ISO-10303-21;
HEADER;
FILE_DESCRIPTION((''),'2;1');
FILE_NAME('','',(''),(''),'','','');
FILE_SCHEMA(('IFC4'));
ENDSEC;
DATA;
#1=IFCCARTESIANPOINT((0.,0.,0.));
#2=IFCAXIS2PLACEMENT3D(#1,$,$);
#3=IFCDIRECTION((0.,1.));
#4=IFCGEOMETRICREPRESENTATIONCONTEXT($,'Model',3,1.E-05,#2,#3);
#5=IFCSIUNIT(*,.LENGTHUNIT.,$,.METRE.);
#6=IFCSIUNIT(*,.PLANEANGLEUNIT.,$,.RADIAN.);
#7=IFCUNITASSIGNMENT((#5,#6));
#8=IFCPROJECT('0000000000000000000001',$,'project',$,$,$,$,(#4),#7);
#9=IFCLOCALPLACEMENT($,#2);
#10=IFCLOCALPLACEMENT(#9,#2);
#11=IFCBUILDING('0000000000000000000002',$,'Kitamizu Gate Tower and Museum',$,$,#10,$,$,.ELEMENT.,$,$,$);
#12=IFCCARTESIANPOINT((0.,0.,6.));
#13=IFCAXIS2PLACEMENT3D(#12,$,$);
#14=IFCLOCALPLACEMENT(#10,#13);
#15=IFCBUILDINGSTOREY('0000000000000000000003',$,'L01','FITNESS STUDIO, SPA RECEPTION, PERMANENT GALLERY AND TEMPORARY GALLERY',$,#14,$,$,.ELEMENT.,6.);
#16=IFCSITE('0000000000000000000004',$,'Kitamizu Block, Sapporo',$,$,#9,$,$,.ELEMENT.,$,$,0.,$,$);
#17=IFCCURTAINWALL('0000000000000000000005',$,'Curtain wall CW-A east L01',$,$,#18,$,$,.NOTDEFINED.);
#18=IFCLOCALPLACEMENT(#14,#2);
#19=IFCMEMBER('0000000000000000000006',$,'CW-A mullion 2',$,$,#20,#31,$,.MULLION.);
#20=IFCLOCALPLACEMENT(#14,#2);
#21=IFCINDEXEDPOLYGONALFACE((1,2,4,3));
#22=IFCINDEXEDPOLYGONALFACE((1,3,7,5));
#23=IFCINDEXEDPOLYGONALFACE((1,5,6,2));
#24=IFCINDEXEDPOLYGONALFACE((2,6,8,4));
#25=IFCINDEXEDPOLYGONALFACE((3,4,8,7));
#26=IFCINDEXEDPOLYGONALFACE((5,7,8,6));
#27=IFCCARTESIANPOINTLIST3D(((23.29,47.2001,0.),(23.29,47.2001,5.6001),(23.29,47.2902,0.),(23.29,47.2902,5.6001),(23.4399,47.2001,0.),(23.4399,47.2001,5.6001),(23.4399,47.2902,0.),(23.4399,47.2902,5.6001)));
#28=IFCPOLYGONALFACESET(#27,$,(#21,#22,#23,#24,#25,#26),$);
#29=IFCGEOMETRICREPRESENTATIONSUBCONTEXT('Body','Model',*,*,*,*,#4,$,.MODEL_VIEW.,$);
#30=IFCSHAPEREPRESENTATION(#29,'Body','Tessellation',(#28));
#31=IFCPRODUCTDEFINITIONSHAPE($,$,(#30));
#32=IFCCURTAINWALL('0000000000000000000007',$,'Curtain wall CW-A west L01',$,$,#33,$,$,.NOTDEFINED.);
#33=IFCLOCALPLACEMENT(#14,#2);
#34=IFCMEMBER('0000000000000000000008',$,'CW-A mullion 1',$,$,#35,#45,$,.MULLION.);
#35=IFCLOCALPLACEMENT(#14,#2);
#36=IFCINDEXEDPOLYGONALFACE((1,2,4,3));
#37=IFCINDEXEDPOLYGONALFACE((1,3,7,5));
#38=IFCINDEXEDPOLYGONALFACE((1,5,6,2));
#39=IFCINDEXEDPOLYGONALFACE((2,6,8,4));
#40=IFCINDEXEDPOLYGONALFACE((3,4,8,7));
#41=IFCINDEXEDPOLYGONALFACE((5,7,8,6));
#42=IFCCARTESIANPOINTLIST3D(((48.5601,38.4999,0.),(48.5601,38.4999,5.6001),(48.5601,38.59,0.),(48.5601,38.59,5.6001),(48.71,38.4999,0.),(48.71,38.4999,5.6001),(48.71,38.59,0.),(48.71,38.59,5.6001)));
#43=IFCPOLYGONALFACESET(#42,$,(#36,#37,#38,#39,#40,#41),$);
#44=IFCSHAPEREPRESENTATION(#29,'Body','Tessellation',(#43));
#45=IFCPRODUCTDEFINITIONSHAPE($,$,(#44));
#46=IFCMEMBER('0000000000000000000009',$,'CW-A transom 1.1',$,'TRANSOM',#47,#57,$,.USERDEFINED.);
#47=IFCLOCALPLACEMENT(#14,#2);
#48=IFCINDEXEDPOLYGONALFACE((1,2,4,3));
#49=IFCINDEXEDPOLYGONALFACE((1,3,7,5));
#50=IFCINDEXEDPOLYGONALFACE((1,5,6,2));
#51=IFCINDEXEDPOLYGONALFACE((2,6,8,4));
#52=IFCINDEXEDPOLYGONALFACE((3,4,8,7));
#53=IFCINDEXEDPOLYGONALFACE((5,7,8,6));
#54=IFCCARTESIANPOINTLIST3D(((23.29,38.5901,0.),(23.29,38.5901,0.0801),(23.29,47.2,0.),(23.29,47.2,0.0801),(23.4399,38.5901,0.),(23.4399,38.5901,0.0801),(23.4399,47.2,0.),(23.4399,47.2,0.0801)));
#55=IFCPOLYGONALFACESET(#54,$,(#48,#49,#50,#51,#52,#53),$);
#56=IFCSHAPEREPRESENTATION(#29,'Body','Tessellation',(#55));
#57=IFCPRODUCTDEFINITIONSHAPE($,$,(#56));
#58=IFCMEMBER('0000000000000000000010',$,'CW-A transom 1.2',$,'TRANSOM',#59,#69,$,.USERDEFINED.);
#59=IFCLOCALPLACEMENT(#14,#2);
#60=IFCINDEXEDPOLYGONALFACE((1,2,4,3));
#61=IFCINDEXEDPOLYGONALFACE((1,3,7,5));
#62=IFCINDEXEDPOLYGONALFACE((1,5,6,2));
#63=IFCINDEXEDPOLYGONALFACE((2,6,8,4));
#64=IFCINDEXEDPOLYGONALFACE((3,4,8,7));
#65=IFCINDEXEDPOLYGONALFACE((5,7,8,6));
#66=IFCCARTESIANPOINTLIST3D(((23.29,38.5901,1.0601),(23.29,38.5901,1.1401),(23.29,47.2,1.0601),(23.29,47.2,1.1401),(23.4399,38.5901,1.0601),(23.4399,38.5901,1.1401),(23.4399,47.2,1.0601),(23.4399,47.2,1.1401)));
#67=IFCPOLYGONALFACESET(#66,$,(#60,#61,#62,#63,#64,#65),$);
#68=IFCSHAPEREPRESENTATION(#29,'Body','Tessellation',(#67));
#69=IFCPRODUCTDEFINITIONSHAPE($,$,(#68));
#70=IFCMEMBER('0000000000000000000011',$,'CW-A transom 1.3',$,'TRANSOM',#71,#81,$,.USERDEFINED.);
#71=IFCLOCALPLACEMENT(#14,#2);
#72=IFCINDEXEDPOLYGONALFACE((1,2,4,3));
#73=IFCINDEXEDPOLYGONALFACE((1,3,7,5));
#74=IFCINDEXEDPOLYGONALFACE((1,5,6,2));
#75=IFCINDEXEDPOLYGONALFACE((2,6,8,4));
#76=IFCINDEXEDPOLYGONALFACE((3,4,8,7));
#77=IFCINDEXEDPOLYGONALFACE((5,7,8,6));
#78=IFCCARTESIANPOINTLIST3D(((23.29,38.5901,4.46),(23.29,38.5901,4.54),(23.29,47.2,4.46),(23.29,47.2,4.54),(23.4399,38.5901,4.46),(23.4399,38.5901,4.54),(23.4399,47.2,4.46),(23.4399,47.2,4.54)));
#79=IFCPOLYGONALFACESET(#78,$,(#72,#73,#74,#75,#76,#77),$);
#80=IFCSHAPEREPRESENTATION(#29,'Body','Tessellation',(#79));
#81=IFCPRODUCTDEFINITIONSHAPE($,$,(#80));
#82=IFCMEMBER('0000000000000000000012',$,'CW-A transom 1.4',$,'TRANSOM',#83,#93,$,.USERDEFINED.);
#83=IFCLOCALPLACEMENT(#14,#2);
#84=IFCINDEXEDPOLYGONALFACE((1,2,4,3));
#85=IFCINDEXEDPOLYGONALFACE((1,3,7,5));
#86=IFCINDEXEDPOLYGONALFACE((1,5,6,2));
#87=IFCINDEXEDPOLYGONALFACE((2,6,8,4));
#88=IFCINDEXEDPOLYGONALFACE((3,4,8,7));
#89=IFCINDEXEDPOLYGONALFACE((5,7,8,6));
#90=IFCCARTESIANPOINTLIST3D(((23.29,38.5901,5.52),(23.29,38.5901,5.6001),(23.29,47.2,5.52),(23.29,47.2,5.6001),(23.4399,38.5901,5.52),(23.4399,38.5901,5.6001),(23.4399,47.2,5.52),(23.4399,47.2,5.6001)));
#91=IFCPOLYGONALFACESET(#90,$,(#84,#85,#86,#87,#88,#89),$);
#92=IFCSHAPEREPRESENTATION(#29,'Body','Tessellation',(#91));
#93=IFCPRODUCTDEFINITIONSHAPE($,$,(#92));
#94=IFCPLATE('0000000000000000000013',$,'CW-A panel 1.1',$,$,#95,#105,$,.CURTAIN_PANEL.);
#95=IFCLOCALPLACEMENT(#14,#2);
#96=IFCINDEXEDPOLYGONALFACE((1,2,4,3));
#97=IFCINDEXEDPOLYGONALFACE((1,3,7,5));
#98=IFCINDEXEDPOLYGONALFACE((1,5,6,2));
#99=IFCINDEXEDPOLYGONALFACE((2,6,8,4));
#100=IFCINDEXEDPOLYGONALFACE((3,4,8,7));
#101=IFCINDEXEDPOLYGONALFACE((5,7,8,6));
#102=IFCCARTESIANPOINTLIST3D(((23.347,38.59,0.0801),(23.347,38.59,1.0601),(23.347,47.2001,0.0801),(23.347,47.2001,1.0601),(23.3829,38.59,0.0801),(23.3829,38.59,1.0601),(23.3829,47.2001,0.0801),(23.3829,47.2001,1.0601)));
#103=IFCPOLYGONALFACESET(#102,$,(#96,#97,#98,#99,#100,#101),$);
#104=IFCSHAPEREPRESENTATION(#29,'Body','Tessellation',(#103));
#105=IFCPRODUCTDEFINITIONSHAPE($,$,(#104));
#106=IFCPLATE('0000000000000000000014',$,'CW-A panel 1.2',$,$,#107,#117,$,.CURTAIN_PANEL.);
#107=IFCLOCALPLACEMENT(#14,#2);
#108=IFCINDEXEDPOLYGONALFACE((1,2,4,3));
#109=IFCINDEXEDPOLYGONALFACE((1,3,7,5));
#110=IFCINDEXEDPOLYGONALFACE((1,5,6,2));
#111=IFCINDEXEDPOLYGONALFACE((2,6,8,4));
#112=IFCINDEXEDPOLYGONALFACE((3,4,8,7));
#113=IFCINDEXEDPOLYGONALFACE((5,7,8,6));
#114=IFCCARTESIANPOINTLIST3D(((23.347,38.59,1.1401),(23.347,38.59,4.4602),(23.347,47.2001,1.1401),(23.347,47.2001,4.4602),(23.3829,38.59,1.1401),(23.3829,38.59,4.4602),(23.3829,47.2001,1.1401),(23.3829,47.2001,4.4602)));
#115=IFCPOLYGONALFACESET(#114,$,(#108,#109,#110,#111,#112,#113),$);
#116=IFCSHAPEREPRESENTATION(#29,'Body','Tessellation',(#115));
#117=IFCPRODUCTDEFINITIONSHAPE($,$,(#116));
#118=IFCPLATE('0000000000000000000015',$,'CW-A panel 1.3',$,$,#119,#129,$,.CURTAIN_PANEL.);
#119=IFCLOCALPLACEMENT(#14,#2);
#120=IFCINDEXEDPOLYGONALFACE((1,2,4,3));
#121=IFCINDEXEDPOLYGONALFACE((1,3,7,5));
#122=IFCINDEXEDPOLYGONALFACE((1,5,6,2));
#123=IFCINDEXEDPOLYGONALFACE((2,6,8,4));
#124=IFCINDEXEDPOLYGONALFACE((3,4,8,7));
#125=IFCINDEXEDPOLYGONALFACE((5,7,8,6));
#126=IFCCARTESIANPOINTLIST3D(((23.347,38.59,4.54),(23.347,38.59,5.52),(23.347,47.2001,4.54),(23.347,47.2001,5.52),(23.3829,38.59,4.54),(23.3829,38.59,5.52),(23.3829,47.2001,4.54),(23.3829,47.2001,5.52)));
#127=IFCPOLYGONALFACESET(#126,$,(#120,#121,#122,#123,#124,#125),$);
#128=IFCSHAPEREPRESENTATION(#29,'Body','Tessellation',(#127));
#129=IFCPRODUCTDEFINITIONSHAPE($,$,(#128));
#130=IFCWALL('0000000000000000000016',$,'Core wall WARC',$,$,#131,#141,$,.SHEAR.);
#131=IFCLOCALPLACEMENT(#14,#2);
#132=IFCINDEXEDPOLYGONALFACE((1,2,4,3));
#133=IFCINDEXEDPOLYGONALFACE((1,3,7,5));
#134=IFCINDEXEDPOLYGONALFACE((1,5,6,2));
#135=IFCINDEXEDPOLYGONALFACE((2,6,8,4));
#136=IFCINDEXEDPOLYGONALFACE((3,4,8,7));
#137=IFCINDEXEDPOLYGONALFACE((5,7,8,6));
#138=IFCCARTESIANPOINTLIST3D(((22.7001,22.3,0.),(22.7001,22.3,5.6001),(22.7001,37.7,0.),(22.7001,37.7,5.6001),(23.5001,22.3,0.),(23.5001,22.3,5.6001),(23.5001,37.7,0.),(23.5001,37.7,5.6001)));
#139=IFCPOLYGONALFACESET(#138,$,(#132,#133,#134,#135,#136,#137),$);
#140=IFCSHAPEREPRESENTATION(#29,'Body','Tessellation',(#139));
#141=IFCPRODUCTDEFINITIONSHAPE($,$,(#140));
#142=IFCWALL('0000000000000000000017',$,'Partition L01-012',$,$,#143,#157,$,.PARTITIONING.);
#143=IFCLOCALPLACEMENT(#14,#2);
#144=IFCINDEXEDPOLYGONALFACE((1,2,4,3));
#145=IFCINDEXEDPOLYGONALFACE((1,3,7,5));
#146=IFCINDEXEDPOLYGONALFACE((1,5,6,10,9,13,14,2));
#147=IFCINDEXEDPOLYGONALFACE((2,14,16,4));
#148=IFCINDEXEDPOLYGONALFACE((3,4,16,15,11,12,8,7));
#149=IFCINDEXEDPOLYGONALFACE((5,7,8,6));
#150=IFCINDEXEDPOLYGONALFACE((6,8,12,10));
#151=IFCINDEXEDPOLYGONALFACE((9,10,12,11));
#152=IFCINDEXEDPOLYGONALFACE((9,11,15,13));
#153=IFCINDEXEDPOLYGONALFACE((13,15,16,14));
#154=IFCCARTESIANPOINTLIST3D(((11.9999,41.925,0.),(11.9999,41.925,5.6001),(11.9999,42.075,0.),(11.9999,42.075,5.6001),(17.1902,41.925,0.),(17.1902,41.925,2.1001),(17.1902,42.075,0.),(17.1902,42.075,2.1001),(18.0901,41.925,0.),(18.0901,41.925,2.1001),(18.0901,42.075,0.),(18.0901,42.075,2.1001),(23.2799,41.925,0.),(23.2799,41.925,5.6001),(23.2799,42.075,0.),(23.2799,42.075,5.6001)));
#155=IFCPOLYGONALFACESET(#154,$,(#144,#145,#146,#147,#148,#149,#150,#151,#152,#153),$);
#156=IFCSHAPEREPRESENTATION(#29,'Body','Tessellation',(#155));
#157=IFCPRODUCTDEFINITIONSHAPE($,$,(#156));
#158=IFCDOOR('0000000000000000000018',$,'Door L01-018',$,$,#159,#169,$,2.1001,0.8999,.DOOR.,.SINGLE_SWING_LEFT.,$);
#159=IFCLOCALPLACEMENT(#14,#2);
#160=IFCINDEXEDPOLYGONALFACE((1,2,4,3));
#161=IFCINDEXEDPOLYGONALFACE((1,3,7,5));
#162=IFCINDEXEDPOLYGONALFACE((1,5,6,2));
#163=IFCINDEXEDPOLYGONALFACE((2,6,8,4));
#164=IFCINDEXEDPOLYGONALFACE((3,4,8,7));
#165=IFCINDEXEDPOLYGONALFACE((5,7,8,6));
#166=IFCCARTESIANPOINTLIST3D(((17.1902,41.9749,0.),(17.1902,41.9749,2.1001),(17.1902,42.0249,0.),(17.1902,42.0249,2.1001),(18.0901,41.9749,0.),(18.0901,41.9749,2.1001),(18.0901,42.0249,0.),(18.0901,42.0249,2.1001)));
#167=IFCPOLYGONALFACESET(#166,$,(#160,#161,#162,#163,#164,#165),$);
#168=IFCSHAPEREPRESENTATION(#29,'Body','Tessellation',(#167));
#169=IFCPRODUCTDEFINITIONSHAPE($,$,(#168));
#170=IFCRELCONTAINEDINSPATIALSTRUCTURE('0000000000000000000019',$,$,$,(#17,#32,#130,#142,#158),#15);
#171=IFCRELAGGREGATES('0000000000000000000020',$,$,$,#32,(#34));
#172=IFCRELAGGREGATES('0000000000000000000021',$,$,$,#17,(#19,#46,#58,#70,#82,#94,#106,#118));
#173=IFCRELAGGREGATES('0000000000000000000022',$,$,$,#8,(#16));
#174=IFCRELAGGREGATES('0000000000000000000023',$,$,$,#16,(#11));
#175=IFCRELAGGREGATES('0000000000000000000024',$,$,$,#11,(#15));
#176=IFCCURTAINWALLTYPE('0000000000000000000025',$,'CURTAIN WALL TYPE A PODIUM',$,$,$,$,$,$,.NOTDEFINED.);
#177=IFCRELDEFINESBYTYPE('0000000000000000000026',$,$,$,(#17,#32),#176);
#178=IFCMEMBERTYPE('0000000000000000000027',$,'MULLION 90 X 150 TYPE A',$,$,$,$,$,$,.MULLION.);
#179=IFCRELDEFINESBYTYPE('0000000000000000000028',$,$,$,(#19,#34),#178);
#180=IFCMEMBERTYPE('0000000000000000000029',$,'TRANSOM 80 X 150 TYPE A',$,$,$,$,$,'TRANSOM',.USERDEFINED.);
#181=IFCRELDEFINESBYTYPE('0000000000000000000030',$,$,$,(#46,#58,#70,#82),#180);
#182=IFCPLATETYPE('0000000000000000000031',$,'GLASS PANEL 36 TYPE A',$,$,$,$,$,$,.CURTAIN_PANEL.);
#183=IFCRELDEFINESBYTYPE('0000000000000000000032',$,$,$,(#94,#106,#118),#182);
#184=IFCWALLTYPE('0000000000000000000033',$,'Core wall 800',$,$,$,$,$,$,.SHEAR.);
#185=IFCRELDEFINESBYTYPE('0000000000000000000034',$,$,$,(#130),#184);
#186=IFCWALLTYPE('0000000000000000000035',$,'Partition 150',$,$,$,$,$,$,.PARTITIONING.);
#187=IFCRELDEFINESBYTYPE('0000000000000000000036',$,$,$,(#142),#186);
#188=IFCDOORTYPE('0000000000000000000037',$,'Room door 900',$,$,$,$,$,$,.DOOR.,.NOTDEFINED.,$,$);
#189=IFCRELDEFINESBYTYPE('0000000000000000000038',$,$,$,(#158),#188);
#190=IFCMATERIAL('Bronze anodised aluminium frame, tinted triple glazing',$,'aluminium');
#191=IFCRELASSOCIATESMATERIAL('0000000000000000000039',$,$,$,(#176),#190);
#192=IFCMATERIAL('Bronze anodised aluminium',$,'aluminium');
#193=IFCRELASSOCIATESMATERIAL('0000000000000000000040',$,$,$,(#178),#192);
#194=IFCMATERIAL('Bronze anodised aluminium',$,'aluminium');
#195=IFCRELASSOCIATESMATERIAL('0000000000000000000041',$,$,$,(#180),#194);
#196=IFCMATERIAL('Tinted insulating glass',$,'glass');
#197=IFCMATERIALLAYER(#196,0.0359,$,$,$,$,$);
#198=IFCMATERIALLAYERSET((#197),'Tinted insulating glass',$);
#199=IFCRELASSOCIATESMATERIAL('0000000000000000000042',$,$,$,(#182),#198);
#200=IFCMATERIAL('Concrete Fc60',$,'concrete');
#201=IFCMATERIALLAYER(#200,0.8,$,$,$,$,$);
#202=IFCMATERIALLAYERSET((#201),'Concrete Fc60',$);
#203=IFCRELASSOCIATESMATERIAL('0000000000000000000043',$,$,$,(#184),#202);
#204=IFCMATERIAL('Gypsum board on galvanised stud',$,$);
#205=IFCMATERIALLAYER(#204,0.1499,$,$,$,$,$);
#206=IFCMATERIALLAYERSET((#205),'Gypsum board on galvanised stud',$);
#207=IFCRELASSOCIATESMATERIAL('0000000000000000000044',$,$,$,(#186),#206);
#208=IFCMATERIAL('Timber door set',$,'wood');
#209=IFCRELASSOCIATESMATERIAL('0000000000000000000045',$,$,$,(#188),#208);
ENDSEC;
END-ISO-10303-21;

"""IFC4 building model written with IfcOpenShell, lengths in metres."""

from ifc_helpers import new_model, si_unit, direction, frame, frame_2d, origin, origin_2d, place, context, subcontext, project, spatial, rectangle, extrude, material, layer, layer_set, material_profile, profile_set, type_object, element, fill, aggregate, save


model = new_model("IFC4")

# Units and contexts
model_context = context("Model", 3, precision=1e-05, world=origin(), true_north=direction((0.0, 1.0)))
body_context = subcontext(model_context, "Body", "Model", "MODEL_VIEW")
ifc_project = project(units=[si_unit("LENGTHUNIT", "METRE"), si_unit("PLANEANGLEUNIT", "RADIAN")], contexts=[model_context])

# Site, building, storey
site_placement = place(None, origin())
site = spatial("IfcSite", under=ifc_project, at=site_placement, Name="Kitamizu Block, Sapporo", CompositionType="ELEMENT", RefElevation=0.0)
building_placement = place(site_placement, origin())
building = spatial("IfcBuilding", under=site, at=building_placement, Name="Kitamizu Gate Tower and Museum", CompositionType="ELEMENT")
storey_placement = place(building_placement, frame((0.0, 0.0, 6.0)))
storey = spatial("IfcBuildingStorey", under=building, at=storey_placement, Name="L01", Description="FITNESS STUDIO, SPA RECEPTION, PERMANENT GALLERY AND TEMPORARY GALLERY", CompositionType="ELEMENT", Elevation=6.0)

# Curtain wall, member
ifc_material_1 = material(Name="Bronze anodised aluminium frame, tinted triple glazing", Category="aluminium")
curtain_wall_type_1 = type_object("IfcCurtainWallType", Name="CURTAIN WALL TYPE A PODIUM", PredefinedType="NOTDEFINED", material=ifc_material_1)
curtain_wall_1_placement = place(storey_placement, origin())
curtain_wall_1 = element("IfcCurtainWall", 1, at=curtain_wall_1_placement, inside=storey, type_object=curtain_wall_type_1, Name="Curtain wall CW-A east L01", PredefinedType="NOTDEFINED")
ifc_material_2 = material(Name="Bronze anodised aluminium", Category="aluminium")
ifc_material_profile_1 = material_profile(ifc_material_2, rectangle(XDim=0.0901, YDim=0.1499, at=origin_2d()), Name="AL 90X150")
ifc_profile_set_1 = profile_set([ifc_material_profile_1], Name="Bronze anodised aluminium")
member_type_1 = type_object("IfcMemberType", Name="MULLION 90 X 150 TYPE A", PredefinedType="MULLION", material=ifc_profile_set_1)
member_1_placement = place(storey_placement, frame((23.365, 47.2451, 0.0), z_axis=(0.0, 0.0, 1.0), x_axis=(0.0, 1.0, 0.0)))
member_1 = element("IfcMember", 2, at=member_1_placement, type_object=member_type_1, Name="CW-A mullion 2", PredefinedType="MULLION", context=body_context, shape_type="SweptSolid", body=[
    extrude(rectangle(XDim=0.0901, YDim=0.1499, at=origin_2d()), origin(), (0.0, 0.0, 1.0), 5.6001),
])

# Curtain wall, member
curtain_wall_2_placement = place(storey_placement, origin())
curtain_wall_2 = element("IfcCurtainWall", 3, at=curtain_wall_2_placement, inside=storey, type_object=curtain_wall_type_1, Name="Curtain wall CW-A west L01", PredefinedType="NOTDEFINED")
member_2_placement = place(storey_placement, frame((48.635, 38.5449, 0.0), z_axis=(0.0, 0.0, 1.0), x_axis=(0.0, 1.0, 0.0)))
member_2 = element("IfcMember", 4, at=member_2_placement, type_object=member_type_1, Name="CW-A mullion 1", PredefinedType="MULLION", context=body_context, shape_type="SweptSolid", body=[
    extrude(rectangle(XDim=0.0901, YDim=0.1499, at=origin_2d()), origin(), (0.0, 0.0, 1.0), 5.6001),
])
aggregate(curtain_wall_2, [member_2])

# Members
ifc_material_3 = material(Name="Bronze anodised aluminium", Category="aluminium")
ifc_material_profile_2 = material_profile(ifc_material_3, rectangle(XDim=0.1499, YDim=0.0801, at=origin_2d()), Name="AL 80X150")
ifc_profile_set_2 = profile_set([ifc_material_profile_2], Name="Bronze anodised aluminium")
member_type_2 = type_object("IfcMemberType", Name="TRANSOM 80 X 150 TYPE A", ElementType="TRANSOM", PredefinedType="USERDEFINED", material=ifc_profile_set_2)
member_3_placement = place(storey_placement, frame((23.365, 38.5901, 0.04), z_axis=(0.0, 1.0, 0.0), x_axis=(-1.0, 0.0, 0.0)))
member_3 = element("IfcMember", 5, at=member_3_placement, type_object=member_type_2, Name="CW-A transom 1.1", ObjectType="TRANSOM", PredefinedType="USERDEFINED", context=body_context, shape_type="SweptSolid", body=[
    extrude(rectangle(XDim=0.1499, YDim=0.0801, at=origin_2d()), origin(), (0.0, 0.0, 1.0), 8.6099),
])
member_4_placement = place(storey_placement, frame((23.365, 38.5901, 1.1001), z_axis=(0.0, 1.0, 0.0), x_axis=(-1.0, 0.0, 0.0)))
member_4 = element("IfcMember", 6, at=member_4_placement, type_object=member_type_2, Name="CW-A transom 1.2", ObjectType="TRANSOM", PredefinedType="USERDEFINED", context=body_context, shape_type="SweptSolid", body=[
    extrude(rectangle(XDim=0.1499, YDim=0.0801, at=origin_2d()), origin(), (0.0, 0.0, 1.0), 8.6099),
])
member_5_placement = place(storey_placement, frame((23.365, 38.5901, 4.5), z_axis=(0.0, 1.0, 0.0), x_axis=(-1.0, 0.0, 0.0)))
member_5 = element("IfcMember", 7, at=member_5_placement, type_object=member_type_2, Name="CW-A transom 1.3", ObjectType="TRANSOM", PredefinedType="USERDEFINED", context=body_context, shape_type="SweptSolid", body=[
    extrude(rectangle(XDim=0.1499, YDim=0.0801, at=origin_2d()), origin(), (0.0, 0.0, 1.0), 8.6099),
])
member_6_placement = place(storey_placement, frame((23.365, 38.5901, 5.5601), z_axis=(0.0, 1.0, 0.0), x_axis=(-1.0, 0.0, 0.0)))
member_6 = element("IfcMember", 8, at=member_6_placement, type_object=member_type_2, Name="CW-A transom 1.4", ObjectType="TRANSOM", PredefinedType="USERDEFINED", context=body_context, shape_type="SweptSolid", body=[
    extrude(rectangle(XDim=0.1499, YDim=0.0801, at=origin_2d()), origin(), (0.0, 0.0, 1.0), 8.6099),
])

# Plates
ifc_material_4 = material(Name="Tinted insulating glass", Category="glass")
ifc_layer_1 = layer(ifc_material_4, 0.0359)
ifc_layer_set_1 = layer_set([ifc_layer_1], Name="Tinted insulating glass")
plate_type = type_object("IfcPlateType", Name="GLASS PANEL 36 TYPE A", PredefinedType="CURTAIN_PANEL", material=ifc_layer_set_1)
plate_1_placement = place(storey_placement, frame((23.365, 42.895, 0.0801), z_axis=(0.0, 0.0, 1.0), x_axis=(0.0, 1.0, 0.0)))
plate_1 = element("IfcPlate", 9, at=plate_1_placement, type_object=plate_type, Name="CW-A panel 1.1", PredefinedType="CURTAIN_PANEL", context=body_context, shape_type="SweptSolid", body=[
    extrude(rectangle(XDim=8.6101, YDim=0.0359, at=origin_2d()), origin(), (0.0, 0.0, 1.0), 0.98),
])
plate_2_placement = place(storey_placement, frame((23.365, 42.895, 1.1401), z_axis=(0.0, 0.0, 1.0), x_axis=(0.0, 1.0, 0.0)))
plate_2 = element("IfcPlate", 10, at=plate_2_placement, type_object=plate_type, Name="CW-A panel 1.2", PredefinedType="CURTAIN_PANEL", context=body_context, shape_type="SweptSolid", body=[
    extrude(rectangle(XDim=8.6101, YDim=0.0359, at=origin_2d()), origin(), (0.0, 0.0, 1.0), 3.3201),
])
plate_3_placement = place(storey_placement, frame((23.365, 42.895, 4.54), z_axis=(0.0, 0.0, 1.0), x_axis=(0.0, 1.0, 0.0)))
plate_3 = element("IfcPlate", 11, at=plate_3_placement, type_object=plate_type, Name="CW-A panel 1.3", PredefinedType="CURTAIN_PANEL", context=body_context, shape_type="SweptSolid", body=[
    extrude(rectangle(XDim=8.6101, YDim=0.0359, at=origin_2d()), origin(), (0.0, 0.0, 1.0), 0.98),
])
aggregate(curtain_wall_1, [member_1, member_3, member_4, member_5, member_6, plate_1, plate_2, plate_3])

# Wall
ifc_material_5 = material(Name="Concrete Fc60", Category="concrete")
ifc_layer_2 = layer(ifc_material_5, 0.8)
ifc_layer_set_2 = layer_set([ifc_layer_2], Name="Concrete Fc60")
wall_type_1 = type_object("IfcWallType", Name="Core wall 800", PredefinedType="SHEAR", material=ifc_layer_set_2)
wall_1_placement = place(storey_placement, frame((23.1001, 22.3, 0.0), z_axis=(0.0, 0.0, 1.0), x_axis=(0.0, 1.0, 0.0)))
element("IfcWall", 12, at=wall_1_placement, inside=storey, type_object=wall_type_1, Name="Core wall WARC", PredefinedType="SHEAR", context=body_context, shape_type="SweptSolid", body=[
    extrude(rectangle(XDim=15.3999, YDim=0.8, at=frame_2d((7.7, 0.0))), origin(), (0.0, 0.0, 1.0), 5.6001),
])

# Wall, opening, door
ifc_material_6 = material(Name="Gypsum board on galvanised stud")
ifc_layer_3 = layer(ifc_material_6, 0.1499)
ifc_layer_set_3 = layer_set([ifc_layer_3], Name="Gypsum board on galvanised stud")
wall_type_2 = type_object("IfcWallType", Name="Partition 150", PredefinedType="PARTITIONING", material=ifc_layer_set_3)
wall_2_placement = place(storey_placement, frame((23.28, 42.0, 0.0), z_axis=(0.0, 0.0, 1.0), x_axis=(-1.0, 0.0, 0.0)))
wall_2 = element("IfcWall", 13, at=wall_2_placement, inside=storey, type_object=wall_type_2, Name="Partition L01-012", PredefinedType="PARTITIONING", context=body_context, shape_type="SweptSolid", body=[
    extrude(rectangle(XDim=11.28, YDim=0.1499, at=frame_2d((5.6401, 0.0))), origin(), (0.0, 0.0, 1.0), 5.6001),
])
opening_placement = place(wall_2_placement, frame((5.1899, 0.0, 0.0)))
opening = element("IfcOpeningElement", 14, at=opening_placement, cuts=wall_2, PredefinedType="OPENING", context=body_context, shape_type="SweptSolid", body=[
    extrude(rectangle(XDim=0.8999, YDim=2.1001, at=frame_2d((0.45, 1.05))), frame((0.0, 0.085, 0.0), z_axis=(0.0, -1.0, 0.0), x_axis=(1.0, 0.0, 0.0)), (0.0, 0.0, 1.0), 0.1699),
])
ifc_material_7 = material(Name="Timber door set", Category="wood")
door_type = type_object("IfcDoorType", Name="Room door 900", OperationType="NOTDEFINED", PredefinedType="DOOR", material=ifc_material_7)
door_placement = place(opening_placement, frame((0.8999, 0.0, 0.0), x_axis=(-1.0, 0.0, 0.0)))
door = element("IfcDoor", 15, at=door_placement, inside=storey, type_object=door_type, Name="Door L01-018", OperationType="SINGLE_SWING_LEFT", OverallHeight=2.1001, OverallWidth=0.8999, PredefinedType="DOOR", context=body_context, shape_type="SweptSolid", body=[
    extrude(rectangle(XDim=0.8999, YDim=2.1001, at=frame_2d((0.45, 1.05))), frame((0.0, 0.0249, 0.0), z_axis=(0.0, -1.0, 0.0), x_axis=(1.0, 0.0, 0.0)), (0.0, 0.0, 1.0), 0.05),
])
fill(opening, door)

save(model, "model.ifc")
